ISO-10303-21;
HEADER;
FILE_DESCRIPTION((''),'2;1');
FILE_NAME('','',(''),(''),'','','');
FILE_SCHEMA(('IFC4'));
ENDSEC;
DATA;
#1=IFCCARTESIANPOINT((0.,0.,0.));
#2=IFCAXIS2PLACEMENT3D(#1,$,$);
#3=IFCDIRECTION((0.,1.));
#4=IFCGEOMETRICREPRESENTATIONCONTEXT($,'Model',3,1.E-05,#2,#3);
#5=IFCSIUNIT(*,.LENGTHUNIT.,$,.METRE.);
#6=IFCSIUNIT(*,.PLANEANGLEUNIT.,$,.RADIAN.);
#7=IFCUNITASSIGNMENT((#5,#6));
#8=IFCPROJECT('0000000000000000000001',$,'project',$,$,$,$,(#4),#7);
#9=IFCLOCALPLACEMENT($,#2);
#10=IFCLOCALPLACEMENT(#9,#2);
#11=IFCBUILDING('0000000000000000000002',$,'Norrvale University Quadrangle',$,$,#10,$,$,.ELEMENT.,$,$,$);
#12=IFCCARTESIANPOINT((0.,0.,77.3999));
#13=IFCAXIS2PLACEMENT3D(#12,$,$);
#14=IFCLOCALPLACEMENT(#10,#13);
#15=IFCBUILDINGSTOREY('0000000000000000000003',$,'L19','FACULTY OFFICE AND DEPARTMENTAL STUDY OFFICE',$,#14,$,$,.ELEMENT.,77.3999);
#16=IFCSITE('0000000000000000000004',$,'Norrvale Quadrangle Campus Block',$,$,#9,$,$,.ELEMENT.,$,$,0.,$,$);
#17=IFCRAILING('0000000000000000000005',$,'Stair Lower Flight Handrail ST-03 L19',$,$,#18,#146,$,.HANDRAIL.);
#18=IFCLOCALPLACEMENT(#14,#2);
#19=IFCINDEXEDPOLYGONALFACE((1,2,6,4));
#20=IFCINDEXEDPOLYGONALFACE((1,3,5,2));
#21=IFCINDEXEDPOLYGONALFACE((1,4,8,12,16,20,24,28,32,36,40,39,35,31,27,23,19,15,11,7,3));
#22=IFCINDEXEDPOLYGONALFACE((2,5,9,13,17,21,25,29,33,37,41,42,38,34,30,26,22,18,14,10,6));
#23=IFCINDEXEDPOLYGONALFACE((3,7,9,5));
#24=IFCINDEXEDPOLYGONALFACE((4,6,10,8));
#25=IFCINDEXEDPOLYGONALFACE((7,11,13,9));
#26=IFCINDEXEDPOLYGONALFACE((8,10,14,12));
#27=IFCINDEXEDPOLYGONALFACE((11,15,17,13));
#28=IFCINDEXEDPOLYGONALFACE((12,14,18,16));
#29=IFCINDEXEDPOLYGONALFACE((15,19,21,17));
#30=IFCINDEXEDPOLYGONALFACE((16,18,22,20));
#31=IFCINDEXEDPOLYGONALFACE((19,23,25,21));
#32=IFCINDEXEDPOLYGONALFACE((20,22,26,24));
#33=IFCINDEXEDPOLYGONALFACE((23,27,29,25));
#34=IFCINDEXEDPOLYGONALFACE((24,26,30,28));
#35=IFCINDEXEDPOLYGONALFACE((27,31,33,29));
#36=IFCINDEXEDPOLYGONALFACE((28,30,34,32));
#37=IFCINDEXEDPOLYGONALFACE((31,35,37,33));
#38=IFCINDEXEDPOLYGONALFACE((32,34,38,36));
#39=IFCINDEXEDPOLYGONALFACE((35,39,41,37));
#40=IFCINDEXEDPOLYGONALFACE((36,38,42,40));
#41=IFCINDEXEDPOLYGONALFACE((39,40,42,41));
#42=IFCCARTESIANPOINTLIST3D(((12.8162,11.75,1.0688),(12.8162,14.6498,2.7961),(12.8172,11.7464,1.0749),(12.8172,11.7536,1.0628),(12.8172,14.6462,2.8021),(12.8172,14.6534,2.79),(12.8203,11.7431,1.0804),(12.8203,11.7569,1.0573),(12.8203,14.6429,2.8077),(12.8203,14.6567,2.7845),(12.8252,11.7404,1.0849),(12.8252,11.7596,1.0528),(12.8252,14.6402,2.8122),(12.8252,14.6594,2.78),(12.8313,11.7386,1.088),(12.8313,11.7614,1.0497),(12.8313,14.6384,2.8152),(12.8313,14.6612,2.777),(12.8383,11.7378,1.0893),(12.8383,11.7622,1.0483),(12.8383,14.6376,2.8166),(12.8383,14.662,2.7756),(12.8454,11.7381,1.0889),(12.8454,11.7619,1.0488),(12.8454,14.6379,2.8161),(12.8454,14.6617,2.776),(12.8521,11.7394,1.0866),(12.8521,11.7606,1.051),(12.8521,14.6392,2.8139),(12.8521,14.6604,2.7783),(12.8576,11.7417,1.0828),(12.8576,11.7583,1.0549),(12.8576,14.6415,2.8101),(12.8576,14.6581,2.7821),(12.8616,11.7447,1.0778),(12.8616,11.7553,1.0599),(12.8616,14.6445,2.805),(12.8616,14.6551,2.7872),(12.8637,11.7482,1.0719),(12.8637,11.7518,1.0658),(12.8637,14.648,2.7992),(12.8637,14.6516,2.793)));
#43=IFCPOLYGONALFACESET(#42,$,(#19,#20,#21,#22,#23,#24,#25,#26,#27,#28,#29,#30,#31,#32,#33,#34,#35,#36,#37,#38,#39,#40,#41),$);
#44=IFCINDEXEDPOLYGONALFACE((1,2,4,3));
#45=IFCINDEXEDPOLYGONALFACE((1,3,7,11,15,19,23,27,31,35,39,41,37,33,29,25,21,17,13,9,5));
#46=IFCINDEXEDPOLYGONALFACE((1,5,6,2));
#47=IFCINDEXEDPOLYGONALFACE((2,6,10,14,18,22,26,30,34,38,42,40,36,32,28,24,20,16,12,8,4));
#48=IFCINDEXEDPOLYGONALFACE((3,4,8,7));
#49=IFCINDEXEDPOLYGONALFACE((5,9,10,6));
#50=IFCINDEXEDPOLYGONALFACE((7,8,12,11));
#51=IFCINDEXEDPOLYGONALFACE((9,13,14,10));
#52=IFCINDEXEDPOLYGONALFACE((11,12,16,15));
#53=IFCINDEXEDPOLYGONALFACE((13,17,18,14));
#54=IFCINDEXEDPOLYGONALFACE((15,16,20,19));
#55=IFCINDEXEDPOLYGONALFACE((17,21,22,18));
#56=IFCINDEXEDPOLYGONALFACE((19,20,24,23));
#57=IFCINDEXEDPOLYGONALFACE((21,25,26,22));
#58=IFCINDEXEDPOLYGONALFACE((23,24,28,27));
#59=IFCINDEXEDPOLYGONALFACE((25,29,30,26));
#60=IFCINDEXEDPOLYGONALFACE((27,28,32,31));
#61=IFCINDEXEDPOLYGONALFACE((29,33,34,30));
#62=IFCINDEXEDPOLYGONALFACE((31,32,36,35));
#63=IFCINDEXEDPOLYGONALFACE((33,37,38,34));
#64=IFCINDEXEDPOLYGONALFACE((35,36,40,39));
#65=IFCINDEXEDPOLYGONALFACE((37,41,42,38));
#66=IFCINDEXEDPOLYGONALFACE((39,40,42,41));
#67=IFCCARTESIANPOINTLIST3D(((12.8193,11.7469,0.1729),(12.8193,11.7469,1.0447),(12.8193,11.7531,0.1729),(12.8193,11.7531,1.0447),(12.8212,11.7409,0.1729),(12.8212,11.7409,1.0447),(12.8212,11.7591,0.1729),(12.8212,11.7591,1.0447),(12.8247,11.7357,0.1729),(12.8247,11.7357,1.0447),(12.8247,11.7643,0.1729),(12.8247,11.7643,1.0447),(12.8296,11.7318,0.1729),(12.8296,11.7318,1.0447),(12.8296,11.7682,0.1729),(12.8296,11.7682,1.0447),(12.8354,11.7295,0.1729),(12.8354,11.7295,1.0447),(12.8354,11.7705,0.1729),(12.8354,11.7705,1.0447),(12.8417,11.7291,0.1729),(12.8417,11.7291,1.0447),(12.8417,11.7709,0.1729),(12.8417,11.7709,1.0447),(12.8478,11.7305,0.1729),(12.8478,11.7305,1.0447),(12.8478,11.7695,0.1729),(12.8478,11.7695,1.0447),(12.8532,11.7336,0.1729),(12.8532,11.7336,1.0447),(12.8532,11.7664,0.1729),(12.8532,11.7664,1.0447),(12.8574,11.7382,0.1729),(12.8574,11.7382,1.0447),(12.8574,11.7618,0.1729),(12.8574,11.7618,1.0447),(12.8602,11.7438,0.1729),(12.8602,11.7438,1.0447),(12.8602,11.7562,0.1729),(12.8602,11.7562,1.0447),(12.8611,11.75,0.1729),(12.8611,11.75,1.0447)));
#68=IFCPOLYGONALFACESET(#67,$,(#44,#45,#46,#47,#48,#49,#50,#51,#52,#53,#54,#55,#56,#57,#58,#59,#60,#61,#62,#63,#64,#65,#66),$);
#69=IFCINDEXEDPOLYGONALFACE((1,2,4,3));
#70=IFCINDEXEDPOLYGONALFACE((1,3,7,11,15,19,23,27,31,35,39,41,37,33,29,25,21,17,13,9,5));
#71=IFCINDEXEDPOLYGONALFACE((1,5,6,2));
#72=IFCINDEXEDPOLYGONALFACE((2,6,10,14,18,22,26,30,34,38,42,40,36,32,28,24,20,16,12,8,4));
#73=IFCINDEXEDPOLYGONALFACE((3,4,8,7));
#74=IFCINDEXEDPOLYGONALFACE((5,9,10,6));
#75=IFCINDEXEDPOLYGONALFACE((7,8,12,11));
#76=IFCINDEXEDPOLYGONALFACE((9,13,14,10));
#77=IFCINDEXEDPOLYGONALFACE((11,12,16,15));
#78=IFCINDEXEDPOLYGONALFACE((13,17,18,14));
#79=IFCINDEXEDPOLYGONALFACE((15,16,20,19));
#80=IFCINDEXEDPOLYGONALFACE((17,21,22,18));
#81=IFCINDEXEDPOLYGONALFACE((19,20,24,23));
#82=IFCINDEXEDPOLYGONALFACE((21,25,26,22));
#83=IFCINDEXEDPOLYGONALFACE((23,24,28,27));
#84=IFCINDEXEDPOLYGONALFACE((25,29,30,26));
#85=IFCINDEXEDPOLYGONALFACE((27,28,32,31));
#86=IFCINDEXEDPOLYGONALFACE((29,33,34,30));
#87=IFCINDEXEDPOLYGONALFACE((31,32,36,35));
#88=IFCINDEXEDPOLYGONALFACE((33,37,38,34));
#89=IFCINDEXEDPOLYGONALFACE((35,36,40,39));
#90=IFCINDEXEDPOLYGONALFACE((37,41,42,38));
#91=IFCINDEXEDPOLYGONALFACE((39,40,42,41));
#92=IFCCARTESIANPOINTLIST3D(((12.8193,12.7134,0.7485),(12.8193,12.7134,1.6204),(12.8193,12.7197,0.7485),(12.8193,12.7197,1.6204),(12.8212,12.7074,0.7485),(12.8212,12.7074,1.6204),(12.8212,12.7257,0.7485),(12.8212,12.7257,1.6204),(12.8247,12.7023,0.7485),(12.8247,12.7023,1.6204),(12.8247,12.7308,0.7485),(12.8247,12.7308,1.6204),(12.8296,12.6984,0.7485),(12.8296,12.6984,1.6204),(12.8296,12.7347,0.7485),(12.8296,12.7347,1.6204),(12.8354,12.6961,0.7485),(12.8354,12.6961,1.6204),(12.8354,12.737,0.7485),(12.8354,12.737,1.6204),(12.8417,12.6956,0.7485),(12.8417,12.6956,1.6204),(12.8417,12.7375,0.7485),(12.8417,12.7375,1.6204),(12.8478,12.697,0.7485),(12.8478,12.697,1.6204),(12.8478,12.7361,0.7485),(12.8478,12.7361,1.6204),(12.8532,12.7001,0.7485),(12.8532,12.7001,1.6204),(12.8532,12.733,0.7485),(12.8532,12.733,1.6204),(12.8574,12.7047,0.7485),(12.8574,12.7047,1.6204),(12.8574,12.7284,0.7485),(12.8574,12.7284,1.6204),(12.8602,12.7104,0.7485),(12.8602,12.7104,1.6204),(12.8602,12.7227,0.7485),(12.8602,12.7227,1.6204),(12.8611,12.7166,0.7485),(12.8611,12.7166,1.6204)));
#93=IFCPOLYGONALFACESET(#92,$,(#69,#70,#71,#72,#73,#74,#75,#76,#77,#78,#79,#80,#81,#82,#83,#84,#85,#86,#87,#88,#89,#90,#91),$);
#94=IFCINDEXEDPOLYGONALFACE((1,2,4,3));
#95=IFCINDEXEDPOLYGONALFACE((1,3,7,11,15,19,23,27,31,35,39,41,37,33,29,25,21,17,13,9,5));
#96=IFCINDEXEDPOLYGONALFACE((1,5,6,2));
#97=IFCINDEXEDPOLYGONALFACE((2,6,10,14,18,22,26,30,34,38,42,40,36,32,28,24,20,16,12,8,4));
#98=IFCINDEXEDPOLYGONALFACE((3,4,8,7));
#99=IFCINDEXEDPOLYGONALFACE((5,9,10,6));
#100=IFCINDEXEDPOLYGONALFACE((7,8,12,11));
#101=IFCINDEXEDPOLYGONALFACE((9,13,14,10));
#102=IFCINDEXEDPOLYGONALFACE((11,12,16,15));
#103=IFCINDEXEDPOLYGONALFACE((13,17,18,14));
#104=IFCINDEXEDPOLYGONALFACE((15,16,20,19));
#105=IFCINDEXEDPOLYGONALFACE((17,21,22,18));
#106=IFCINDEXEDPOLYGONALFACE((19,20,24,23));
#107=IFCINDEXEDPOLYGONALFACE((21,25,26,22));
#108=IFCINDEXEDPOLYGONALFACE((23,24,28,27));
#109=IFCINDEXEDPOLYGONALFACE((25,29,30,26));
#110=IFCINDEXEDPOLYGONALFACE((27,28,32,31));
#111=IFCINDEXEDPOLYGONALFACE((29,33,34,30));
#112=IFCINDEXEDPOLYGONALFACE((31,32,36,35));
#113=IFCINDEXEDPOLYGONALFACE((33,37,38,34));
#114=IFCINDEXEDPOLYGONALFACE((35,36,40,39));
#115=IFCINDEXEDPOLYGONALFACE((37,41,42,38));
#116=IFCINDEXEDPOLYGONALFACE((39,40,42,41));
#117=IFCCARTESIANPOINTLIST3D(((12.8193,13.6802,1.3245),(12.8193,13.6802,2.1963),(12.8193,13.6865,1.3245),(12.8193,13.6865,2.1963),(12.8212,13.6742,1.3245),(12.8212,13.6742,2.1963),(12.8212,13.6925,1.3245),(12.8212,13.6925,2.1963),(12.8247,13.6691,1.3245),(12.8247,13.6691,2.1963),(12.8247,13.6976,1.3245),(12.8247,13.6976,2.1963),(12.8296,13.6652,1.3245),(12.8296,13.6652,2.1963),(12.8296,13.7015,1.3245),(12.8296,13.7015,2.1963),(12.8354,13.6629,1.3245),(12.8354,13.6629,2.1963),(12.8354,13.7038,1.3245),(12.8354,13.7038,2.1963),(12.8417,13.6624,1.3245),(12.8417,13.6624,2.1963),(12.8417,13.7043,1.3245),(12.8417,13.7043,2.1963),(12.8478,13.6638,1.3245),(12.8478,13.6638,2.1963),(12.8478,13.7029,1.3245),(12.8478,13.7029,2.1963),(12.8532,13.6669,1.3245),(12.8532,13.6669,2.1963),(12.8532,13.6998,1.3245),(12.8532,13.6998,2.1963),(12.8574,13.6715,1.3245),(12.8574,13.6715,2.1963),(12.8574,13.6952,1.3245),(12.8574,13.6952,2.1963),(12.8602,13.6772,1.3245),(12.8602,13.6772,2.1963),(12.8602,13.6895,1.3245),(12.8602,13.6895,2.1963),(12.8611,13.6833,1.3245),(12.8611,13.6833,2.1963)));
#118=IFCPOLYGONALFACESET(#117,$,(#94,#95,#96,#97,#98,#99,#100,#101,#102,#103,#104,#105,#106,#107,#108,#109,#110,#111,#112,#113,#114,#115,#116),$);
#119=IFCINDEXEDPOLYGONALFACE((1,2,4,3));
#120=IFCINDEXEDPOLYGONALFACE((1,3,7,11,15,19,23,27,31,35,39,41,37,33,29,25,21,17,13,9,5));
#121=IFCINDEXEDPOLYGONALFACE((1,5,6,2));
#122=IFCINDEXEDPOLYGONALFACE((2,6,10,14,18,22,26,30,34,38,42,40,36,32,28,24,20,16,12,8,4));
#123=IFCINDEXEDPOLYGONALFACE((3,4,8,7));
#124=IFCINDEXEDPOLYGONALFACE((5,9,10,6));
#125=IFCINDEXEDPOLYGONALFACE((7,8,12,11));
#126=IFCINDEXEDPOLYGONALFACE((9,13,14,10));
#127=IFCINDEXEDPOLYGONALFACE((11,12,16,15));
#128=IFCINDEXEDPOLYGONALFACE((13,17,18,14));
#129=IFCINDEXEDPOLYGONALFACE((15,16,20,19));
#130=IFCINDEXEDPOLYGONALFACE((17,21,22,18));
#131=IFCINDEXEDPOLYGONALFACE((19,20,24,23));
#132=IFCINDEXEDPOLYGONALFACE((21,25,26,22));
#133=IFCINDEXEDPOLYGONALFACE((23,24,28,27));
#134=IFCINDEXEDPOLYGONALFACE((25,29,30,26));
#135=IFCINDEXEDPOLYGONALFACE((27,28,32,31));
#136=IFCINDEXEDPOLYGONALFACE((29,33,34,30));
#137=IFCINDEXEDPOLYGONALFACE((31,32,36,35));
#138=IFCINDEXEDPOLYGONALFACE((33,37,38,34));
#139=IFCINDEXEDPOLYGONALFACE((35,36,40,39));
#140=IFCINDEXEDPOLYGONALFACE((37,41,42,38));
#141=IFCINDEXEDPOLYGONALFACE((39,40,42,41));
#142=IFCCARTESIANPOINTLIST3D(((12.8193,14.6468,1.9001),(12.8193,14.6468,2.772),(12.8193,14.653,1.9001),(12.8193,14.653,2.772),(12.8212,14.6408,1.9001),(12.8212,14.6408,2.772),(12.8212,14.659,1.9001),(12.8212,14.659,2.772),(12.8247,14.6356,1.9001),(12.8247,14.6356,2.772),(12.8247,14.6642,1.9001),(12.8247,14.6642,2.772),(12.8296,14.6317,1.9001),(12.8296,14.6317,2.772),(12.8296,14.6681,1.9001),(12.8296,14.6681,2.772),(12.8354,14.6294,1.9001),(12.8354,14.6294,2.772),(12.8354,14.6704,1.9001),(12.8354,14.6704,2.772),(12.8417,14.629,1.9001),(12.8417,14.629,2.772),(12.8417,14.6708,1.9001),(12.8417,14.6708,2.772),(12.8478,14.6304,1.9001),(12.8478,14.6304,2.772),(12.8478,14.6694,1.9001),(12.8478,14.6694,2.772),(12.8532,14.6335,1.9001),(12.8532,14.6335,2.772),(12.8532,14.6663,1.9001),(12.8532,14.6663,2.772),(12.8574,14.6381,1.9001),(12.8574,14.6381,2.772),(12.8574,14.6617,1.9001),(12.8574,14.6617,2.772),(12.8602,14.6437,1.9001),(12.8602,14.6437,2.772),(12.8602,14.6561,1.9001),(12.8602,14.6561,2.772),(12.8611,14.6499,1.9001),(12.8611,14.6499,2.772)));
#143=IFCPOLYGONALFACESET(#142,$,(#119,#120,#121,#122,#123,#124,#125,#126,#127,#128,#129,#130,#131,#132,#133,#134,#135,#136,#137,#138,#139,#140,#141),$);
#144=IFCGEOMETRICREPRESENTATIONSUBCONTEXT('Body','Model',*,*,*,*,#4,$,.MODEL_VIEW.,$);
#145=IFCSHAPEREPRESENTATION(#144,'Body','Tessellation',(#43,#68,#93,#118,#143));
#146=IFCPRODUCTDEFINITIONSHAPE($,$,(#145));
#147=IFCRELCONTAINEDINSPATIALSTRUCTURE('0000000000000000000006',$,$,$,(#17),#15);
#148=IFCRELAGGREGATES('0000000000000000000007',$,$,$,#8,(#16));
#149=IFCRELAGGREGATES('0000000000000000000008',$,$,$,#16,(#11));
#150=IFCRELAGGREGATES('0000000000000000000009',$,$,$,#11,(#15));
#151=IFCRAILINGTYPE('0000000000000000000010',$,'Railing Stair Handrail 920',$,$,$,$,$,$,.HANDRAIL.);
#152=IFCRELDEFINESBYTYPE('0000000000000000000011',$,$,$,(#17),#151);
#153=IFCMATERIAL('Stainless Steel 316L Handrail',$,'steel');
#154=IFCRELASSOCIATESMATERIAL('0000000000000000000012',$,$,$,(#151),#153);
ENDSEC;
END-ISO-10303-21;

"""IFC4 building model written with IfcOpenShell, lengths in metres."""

from ifc_helpers import new_model, si_unit, direction, frame, origin, origin_2d, place, context, subcontext, project, spatial, circle, extrude, material, type_object, element, save


model = new_model("IFC4")

# Units and contexts
model_context = context("Model", 3, precision=1e-05, world=origin(), true_north=direction((0.0, 1.0)))
body_context = subcontext(model_context, "Body", "Model", "MODEL_VIEW")
ifc_project = project(units=[si_unit("LENGTHUNIT", "METRE"), si_unit("PLANEANGLEUNIT", "RADIAN")], contexts=[model_context])

# Site, building, storey
site_placement = place(None, origin())
site = spatial("IfcSite", under=ifc_project, at=site_placement, Name="Norrvale Quadrangle Campus Block", CompositionType="ELEMENT", RefElevation=0.0)
building_placement = place(site_placement, origin())
building = spatial("IfcBuilding", under=site, at=building_placement, Name="Norrvale University Quadrangle", CompositionType="ELEMENT")
storey_placement = place(building_placement, frame((0.0, 0.0, 77.3999)))
storey = spatial("IfcBuildingStorey", under=building, at=storey_placement, Name="L19", Description="FACULTY OFFICE AND DEPARTMENTAL STUDY OFFICE", CompositionType="ELEMENT", Elevation=77.3999)

# Railing
ifc_material_1 = material(Name="Stainless Steel 316L Handrail", Category="steel")
railing_type_1 = type_object("IfcRailingType", Name="Railing Stair Handrail 920", PredefinedType="HANDRAIL", material=ifc_material_1)
railing_1_placement = place(storey_placement, frame((12.8401, 11.75, 0.1729)))
element("IfcRailing", 1, at=railing_1_placement, inside=storey, type_object=railing_type_1, Name="Stair Lower Flight Handrail ST-03 L19", PredefinedType="HANDRAIL", context=body_context, shape_type="SweptSolid", body=[
    extrude(circle(Radius=0.0239, at=origin_2d()), frame((0.0, 0.0, 0.896), z_axis=(0.0, 0.859141, 0.511738), x_axis=(-1.0, 0.0, 0.0)), (0.0, 0.0, 1.0), 3.3752),
    extrude(circle(Radius=0.021, at=origin_2d()), origin(), (0.0, 0.0, 1.0), 0.8718),
    extrude(circle(Radius=0.021, at=origin_2d()), frame((0.0, 0.9666, 0.5757)), (0.0, 0.0, 1.0), 0.8718),
    extrude(circle(Radius=0.021, at=origin_2d()), frame((0.0, 1.9333, 1.1516)), (0.0, 0.0, 1.0), 0.8718),
    extrude(circle(Radius=0.021, at=origin_2d()), frame((0.0, 2.8999, 1.7273)), (0.0, 0.0, 1.0), 0.8718),
])

save(model, "model.ifc")
